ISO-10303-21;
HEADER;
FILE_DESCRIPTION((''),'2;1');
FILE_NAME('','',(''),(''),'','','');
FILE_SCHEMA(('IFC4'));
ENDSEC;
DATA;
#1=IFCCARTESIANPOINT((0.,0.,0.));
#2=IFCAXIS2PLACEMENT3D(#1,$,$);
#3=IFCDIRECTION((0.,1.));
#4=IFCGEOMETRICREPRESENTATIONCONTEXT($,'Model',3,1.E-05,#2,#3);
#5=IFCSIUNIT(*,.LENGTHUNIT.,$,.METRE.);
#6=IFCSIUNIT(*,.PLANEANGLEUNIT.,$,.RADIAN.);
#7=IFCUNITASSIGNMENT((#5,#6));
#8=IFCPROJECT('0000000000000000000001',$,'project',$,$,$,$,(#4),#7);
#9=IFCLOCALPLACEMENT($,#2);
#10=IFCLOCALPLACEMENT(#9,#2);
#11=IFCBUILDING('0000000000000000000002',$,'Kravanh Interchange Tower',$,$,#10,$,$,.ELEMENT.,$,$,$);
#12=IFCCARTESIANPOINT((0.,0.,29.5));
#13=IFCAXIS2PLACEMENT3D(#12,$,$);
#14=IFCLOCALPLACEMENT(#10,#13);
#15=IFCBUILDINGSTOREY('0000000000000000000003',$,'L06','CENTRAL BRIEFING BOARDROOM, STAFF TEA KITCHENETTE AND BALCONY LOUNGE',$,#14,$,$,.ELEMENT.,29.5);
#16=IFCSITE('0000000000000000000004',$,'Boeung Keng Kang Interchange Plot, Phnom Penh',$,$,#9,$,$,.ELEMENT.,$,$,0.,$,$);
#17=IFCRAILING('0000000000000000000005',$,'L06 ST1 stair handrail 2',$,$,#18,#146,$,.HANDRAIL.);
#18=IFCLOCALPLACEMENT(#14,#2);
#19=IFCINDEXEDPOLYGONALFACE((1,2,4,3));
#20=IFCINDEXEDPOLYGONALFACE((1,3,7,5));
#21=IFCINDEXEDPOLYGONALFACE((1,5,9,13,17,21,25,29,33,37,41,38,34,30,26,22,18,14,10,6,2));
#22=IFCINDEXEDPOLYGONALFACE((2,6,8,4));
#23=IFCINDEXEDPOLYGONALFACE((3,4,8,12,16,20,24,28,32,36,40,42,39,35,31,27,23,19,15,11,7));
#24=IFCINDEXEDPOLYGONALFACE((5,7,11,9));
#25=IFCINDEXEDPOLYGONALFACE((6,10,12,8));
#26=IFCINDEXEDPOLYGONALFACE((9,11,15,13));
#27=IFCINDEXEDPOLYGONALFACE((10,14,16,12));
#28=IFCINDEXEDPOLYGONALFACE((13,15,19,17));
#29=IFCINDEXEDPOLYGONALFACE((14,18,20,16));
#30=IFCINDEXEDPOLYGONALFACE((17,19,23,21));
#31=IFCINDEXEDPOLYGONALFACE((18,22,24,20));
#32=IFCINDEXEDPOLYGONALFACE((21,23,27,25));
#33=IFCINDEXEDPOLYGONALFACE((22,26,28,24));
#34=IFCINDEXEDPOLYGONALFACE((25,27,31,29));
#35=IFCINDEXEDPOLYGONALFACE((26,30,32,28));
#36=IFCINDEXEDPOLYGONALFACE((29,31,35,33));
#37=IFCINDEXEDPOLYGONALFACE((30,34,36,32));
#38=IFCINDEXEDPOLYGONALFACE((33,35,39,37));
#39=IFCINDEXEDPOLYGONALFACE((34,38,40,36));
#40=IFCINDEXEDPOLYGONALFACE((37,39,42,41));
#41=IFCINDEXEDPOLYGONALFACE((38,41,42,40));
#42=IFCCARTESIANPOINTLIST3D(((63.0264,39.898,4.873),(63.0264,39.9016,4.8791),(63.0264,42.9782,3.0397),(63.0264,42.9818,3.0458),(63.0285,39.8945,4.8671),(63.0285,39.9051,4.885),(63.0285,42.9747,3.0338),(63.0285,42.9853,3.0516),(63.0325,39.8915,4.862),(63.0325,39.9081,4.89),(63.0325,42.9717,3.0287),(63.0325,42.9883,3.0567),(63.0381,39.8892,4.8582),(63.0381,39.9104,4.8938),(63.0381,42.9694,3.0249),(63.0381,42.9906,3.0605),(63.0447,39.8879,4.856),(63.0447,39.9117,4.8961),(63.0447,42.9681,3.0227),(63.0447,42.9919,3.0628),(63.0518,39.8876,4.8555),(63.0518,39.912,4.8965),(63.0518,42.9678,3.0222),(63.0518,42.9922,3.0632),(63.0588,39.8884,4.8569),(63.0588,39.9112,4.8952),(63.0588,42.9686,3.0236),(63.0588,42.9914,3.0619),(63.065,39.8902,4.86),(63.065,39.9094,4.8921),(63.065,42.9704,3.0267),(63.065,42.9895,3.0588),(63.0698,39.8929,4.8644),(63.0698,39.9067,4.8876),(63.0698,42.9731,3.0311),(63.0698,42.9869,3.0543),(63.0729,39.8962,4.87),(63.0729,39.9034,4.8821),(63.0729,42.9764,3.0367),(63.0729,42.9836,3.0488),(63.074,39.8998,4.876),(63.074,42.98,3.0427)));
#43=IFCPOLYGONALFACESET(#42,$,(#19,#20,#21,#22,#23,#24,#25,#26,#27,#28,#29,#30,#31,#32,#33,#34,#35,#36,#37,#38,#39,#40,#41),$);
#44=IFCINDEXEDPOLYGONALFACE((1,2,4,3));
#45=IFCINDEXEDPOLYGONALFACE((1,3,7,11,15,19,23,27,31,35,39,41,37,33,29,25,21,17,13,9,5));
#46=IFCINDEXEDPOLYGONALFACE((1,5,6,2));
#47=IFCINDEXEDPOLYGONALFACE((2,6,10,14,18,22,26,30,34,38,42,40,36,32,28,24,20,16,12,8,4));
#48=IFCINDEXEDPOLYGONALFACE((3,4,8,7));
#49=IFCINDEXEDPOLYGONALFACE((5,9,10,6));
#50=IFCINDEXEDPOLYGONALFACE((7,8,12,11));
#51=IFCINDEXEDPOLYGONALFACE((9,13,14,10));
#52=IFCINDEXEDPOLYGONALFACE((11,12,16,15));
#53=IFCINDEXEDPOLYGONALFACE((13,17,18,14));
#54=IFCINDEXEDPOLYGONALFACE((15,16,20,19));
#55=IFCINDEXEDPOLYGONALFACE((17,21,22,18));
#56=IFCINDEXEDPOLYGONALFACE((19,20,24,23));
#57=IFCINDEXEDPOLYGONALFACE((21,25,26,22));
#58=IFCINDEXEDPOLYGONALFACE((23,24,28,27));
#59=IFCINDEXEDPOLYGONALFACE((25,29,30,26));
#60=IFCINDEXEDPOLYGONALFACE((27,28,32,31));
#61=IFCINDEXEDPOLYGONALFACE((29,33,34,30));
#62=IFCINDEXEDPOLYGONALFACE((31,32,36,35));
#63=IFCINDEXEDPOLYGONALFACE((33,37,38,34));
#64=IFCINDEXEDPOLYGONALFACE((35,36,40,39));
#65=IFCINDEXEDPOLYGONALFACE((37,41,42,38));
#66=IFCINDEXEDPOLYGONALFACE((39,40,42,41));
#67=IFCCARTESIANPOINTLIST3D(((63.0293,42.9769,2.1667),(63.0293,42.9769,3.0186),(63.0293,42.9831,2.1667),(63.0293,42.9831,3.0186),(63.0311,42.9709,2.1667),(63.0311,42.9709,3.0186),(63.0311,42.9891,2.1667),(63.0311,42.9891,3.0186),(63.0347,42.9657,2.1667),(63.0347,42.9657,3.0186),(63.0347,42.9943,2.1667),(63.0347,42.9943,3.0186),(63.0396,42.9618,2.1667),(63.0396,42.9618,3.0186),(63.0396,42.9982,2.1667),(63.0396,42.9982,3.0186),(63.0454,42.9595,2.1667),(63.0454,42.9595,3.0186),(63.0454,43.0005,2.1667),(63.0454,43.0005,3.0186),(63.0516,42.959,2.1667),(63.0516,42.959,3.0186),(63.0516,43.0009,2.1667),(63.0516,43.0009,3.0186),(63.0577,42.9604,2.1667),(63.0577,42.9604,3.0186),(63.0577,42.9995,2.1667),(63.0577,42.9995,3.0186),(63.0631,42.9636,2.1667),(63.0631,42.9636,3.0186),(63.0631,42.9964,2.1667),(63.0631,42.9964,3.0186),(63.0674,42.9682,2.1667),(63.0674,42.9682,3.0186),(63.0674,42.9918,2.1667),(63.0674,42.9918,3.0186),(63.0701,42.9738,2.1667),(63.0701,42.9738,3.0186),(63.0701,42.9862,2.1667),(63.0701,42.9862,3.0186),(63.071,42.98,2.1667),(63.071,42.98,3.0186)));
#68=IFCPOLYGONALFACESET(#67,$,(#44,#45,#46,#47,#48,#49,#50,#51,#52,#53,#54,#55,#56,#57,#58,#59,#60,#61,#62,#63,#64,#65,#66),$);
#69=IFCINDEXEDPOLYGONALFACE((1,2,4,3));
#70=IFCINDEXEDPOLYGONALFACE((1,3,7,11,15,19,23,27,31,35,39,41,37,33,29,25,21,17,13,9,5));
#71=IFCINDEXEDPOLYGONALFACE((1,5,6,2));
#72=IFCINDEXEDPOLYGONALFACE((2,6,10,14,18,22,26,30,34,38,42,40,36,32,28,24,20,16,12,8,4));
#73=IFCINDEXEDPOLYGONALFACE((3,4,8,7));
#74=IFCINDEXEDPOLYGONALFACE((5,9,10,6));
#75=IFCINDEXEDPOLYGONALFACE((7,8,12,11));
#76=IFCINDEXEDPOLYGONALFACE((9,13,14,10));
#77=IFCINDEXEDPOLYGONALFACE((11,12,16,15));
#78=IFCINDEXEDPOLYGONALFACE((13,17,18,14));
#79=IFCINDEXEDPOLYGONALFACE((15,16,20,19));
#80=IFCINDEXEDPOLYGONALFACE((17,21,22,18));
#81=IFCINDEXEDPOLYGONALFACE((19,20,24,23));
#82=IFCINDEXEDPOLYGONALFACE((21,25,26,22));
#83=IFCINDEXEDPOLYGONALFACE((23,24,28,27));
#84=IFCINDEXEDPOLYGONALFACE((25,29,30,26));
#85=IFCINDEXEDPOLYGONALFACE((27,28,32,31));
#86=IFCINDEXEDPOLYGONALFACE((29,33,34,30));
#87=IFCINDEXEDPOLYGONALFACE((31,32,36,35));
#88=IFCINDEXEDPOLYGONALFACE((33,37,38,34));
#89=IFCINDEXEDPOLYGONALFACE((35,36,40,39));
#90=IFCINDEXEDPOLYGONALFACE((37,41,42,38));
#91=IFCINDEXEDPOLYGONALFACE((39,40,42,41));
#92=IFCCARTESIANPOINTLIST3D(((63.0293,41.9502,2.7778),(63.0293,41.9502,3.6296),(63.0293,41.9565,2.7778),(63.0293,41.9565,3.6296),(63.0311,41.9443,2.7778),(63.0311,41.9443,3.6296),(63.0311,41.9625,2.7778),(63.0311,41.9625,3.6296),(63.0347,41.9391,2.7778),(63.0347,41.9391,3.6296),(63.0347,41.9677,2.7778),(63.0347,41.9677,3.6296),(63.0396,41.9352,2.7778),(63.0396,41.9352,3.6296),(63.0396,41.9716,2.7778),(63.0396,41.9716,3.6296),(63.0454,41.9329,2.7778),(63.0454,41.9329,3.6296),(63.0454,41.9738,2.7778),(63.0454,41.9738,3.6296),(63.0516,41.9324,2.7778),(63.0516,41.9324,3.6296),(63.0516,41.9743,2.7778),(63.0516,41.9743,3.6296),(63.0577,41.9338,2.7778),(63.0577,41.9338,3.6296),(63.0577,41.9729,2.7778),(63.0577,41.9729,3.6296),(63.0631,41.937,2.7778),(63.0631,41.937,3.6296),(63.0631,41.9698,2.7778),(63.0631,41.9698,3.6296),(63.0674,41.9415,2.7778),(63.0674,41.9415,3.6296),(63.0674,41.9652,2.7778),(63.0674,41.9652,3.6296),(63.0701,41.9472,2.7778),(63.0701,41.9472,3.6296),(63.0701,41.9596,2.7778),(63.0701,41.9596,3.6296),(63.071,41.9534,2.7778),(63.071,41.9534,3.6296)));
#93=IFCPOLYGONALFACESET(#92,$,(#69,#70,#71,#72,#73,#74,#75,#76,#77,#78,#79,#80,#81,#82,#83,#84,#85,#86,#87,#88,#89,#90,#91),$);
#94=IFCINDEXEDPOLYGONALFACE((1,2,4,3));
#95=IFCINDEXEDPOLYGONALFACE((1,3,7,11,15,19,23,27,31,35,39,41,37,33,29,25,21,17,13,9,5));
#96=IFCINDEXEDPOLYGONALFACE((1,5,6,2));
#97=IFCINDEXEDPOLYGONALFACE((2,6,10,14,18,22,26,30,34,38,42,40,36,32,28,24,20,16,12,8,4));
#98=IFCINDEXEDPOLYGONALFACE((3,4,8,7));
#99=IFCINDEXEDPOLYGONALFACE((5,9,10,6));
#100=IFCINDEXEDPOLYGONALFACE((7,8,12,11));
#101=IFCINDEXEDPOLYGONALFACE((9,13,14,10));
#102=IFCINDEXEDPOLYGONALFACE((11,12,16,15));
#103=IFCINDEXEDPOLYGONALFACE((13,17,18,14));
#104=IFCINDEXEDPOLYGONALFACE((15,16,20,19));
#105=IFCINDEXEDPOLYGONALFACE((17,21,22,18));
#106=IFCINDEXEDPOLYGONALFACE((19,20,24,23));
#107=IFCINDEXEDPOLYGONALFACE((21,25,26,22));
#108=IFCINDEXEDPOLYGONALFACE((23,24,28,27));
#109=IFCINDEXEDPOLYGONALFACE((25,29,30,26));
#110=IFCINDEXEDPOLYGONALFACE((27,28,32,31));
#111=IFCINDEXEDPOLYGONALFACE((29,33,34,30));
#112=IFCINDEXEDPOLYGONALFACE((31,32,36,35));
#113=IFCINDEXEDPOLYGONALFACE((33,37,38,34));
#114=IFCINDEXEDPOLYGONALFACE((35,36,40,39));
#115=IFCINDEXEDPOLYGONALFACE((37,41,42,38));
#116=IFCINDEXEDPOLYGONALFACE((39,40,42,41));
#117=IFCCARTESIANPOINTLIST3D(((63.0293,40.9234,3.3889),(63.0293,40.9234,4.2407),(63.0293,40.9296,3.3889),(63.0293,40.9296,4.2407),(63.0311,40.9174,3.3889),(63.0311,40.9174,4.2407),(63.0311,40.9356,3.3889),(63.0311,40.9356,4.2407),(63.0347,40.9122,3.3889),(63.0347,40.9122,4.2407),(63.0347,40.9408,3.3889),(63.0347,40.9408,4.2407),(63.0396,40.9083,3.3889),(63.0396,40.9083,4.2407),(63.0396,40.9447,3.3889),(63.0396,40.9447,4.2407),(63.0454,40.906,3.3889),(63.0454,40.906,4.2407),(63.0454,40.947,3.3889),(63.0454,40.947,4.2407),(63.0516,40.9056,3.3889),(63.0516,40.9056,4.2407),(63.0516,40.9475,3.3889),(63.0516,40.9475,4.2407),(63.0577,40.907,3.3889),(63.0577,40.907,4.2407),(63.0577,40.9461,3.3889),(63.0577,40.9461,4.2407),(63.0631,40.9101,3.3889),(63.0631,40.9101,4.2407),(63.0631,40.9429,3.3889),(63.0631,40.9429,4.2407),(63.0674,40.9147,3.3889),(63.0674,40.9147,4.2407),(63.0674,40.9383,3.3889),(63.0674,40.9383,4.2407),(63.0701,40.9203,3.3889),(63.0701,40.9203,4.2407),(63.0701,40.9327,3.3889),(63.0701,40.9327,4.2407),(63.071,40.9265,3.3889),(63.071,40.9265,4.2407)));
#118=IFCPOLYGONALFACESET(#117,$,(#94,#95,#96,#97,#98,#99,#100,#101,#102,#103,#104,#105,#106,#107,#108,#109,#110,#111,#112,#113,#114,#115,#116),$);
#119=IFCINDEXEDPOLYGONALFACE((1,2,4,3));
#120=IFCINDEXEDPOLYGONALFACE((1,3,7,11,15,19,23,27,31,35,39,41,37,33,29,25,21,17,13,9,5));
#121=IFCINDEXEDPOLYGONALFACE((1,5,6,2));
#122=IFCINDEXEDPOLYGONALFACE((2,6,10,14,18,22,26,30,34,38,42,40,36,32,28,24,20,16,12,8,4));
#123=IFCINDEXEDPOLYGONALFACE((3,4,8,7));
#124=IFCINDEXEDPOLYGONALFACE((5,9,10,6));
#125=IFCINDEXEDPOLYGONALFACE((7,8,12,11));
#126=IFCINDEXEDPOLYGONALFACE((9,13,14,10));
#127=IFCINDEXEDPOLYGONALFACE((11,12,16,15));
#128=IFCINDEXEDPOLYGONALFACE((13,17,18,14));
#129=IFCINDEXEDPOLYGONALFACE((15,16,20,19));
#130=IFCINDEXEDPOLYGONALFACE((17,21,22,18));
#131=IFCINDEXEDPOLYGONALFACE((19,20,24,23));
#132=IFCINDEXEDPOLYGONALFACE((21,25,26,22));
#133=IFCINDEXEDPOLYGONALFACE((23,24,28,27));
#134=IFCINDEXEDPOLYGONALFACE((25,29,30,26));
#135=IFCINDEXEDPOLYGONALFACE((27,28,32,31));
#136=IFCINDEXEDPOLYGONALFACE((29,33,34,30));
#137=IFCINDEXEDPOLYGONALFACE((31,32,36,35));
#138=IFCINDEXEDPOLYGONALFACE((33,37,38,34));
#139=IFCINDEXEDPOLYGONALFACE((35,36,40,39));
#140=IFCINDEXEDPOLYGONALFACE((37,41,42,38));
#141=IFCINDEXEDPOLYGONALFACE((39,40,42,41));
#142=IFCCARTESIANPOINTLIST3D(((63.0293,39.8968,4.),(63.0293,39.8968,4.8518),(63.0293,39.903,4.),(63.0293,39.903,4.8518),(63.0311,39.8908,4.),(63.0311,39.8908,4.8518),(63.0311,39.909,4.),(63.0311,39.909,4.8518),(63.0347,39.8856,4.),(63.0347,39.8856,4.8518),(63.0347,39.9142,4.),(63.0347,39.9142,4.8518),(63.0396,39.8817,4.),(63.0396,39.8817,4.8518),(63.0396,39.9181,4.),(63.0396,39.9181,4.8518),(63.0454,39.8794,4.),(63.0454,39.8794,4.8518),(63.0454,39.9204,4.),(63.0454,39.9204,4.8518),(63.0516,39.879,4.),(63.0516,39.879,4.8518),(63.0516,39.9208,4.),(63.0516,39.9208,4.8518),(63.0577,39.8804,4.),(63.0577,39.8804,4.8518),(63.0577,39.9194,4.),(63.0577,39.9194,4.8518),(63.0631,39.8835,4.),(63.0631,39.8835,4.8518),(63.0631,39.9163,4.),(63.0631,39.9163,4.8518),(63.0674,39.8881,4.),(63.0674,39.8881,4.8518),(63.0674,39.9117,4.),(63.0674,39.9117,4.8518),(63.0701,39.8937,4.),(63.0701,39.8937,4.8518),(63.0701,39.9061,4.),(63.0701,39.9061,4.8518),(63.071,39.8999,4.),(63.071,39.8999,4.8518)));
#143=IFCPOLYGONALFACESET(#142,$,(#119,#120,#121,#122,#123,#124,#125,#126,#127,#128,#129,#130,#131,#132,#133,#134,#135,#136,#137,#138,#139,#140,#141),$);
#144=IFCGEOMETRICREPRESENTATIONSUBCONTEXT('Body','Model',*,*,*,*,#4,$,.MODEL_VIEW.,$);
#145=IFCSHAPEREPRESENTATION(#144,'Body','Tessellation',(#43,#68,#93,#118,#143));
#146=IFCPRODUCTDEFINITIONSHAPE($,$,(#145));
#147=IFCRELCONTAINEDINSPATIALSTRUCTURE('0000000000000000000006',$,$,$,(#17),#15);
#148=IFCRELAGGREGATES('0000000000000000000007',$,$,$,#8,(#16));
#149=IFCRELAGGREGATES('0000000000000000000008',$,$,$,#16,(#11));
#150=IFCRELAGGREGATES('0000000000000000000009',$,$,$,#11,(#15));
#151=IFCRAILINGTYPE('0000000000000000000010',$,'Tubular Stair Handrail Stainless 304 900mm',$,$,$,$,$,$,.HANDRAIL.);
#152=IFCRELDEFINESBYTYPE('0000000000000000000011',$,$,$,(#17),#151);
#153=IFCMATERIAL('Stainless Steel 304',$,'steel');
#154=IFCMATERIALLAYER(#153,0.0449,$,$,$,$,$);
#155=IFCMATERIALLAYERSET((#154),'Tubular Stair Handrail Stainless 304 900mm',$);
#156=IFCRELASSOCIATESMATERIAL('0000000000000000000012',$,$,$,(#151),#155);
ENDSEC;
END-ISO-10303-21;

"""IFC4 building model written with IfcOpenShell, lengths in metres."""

from ifc_helpers import new_model, si_unit, direction, frame, origin, origin_2d, place, context, subcontext, project, spatial, circle, extrude, material, layer, layer_set, type_object, element, save


model = new_model("IFC4")

# Units and contexts
model_context = context("Model", 3, precision=1e-05, world=origin(), true_north=direction((0.0, 1.0)))
body_context = subcontext(model_context, "Body", "Model", "MODEL_VIEW")
ifc_project = project(units=[si_unit("LENGTHUNIT", "METRE"), si_unit("PLANEANGLEUNIT", "RADIAN")], contexts=[model_context])

# Site, building, storey
site_placement = place(None, origin())
site = spatial("IfcSite", under=ifc_project, at=site_placement, Name="Boeung Keng Kang Interchange Plot, Phnom Penh", CompositionType="ELEMENT", RefElevation=0.0)
building_placement = place(site_placement, origin())
building = spatial("IfcBuilding", under=site, at=building_placement, Name="Kravanh Interchange Tower", CompositionType="ELEMENT")
storey_placement = place(building_placement, frame((0.0, 0.0, 29.5)))
storey = spatial("IfcBuildingStorey", under=building, at=storey_placement, Name="L06", Description="CENTRAL BRIEFING BOARDROOM, STAFF TEA KITCHENETTE AND BALCONY LOUNGE", CompositionType="ELEMENT", Elevation=29.5)

# Railing
ifc_material_1 = material(Name="Stainless Steel 304", Category="steel")
ifc_layer_1 = layer(ifc_material_1, 0.0449)
ifc_layer_set_1 = layer_set([ifc_layer_1], Name="Tubular Stair Handrail Stainless 304 900mm")
railing_type_1 = type_object("IfcRailingType", Name="Tubular Stair Handrail Stainless 304 900mm", PredefinedType="HANDRAIL", material=ifc_layer_set_1)
railing_1_placement = place(storey_placement, frame((63.05, 42.98, 2.1667)))
element("IfcRailing", 1, at=railing_1_placement, inside=storey, type_object=railing_type_1, Name="L06 ST1 stair handrail 2", PredefinedType="HANDRAIL", context=body_context, shape_type="SweptSolid", body=[
    extrude(circle(Radius=0.0239, at=origin_2d()), frame((0.0, 0.0, 0.876), z_axis=(0.0, -0.859309, 0.511458), x_axis=(1.0, 0.0, 0.0)), (0.0, 0.0, 1.0), 3.5845),
    extrude(circle(Radius=0.021, at=origin_2d()), origin(), (0.0, 0.0, 1.0), 0.8518),
    extrude(circle(Radius=0.021, at=origin_2d()), frame((0.0, -1.0266, 0.6111)), (0.0, 0.0, 1.0), 0.8518),
    extrude(circle(Radius=0.021, at=origin_2d()), frame((0.0, -2.0535, 1.2222)), (0.0, 0.0, 1.0), 0.8518),
    extrude(circle(Radius=0.021, at=origin_2d()), frame((0.0, -3.0801, 1.8333)), (0.0, 0.0, 1.0), 0.8518),
])

save(model, "model.ifc")
